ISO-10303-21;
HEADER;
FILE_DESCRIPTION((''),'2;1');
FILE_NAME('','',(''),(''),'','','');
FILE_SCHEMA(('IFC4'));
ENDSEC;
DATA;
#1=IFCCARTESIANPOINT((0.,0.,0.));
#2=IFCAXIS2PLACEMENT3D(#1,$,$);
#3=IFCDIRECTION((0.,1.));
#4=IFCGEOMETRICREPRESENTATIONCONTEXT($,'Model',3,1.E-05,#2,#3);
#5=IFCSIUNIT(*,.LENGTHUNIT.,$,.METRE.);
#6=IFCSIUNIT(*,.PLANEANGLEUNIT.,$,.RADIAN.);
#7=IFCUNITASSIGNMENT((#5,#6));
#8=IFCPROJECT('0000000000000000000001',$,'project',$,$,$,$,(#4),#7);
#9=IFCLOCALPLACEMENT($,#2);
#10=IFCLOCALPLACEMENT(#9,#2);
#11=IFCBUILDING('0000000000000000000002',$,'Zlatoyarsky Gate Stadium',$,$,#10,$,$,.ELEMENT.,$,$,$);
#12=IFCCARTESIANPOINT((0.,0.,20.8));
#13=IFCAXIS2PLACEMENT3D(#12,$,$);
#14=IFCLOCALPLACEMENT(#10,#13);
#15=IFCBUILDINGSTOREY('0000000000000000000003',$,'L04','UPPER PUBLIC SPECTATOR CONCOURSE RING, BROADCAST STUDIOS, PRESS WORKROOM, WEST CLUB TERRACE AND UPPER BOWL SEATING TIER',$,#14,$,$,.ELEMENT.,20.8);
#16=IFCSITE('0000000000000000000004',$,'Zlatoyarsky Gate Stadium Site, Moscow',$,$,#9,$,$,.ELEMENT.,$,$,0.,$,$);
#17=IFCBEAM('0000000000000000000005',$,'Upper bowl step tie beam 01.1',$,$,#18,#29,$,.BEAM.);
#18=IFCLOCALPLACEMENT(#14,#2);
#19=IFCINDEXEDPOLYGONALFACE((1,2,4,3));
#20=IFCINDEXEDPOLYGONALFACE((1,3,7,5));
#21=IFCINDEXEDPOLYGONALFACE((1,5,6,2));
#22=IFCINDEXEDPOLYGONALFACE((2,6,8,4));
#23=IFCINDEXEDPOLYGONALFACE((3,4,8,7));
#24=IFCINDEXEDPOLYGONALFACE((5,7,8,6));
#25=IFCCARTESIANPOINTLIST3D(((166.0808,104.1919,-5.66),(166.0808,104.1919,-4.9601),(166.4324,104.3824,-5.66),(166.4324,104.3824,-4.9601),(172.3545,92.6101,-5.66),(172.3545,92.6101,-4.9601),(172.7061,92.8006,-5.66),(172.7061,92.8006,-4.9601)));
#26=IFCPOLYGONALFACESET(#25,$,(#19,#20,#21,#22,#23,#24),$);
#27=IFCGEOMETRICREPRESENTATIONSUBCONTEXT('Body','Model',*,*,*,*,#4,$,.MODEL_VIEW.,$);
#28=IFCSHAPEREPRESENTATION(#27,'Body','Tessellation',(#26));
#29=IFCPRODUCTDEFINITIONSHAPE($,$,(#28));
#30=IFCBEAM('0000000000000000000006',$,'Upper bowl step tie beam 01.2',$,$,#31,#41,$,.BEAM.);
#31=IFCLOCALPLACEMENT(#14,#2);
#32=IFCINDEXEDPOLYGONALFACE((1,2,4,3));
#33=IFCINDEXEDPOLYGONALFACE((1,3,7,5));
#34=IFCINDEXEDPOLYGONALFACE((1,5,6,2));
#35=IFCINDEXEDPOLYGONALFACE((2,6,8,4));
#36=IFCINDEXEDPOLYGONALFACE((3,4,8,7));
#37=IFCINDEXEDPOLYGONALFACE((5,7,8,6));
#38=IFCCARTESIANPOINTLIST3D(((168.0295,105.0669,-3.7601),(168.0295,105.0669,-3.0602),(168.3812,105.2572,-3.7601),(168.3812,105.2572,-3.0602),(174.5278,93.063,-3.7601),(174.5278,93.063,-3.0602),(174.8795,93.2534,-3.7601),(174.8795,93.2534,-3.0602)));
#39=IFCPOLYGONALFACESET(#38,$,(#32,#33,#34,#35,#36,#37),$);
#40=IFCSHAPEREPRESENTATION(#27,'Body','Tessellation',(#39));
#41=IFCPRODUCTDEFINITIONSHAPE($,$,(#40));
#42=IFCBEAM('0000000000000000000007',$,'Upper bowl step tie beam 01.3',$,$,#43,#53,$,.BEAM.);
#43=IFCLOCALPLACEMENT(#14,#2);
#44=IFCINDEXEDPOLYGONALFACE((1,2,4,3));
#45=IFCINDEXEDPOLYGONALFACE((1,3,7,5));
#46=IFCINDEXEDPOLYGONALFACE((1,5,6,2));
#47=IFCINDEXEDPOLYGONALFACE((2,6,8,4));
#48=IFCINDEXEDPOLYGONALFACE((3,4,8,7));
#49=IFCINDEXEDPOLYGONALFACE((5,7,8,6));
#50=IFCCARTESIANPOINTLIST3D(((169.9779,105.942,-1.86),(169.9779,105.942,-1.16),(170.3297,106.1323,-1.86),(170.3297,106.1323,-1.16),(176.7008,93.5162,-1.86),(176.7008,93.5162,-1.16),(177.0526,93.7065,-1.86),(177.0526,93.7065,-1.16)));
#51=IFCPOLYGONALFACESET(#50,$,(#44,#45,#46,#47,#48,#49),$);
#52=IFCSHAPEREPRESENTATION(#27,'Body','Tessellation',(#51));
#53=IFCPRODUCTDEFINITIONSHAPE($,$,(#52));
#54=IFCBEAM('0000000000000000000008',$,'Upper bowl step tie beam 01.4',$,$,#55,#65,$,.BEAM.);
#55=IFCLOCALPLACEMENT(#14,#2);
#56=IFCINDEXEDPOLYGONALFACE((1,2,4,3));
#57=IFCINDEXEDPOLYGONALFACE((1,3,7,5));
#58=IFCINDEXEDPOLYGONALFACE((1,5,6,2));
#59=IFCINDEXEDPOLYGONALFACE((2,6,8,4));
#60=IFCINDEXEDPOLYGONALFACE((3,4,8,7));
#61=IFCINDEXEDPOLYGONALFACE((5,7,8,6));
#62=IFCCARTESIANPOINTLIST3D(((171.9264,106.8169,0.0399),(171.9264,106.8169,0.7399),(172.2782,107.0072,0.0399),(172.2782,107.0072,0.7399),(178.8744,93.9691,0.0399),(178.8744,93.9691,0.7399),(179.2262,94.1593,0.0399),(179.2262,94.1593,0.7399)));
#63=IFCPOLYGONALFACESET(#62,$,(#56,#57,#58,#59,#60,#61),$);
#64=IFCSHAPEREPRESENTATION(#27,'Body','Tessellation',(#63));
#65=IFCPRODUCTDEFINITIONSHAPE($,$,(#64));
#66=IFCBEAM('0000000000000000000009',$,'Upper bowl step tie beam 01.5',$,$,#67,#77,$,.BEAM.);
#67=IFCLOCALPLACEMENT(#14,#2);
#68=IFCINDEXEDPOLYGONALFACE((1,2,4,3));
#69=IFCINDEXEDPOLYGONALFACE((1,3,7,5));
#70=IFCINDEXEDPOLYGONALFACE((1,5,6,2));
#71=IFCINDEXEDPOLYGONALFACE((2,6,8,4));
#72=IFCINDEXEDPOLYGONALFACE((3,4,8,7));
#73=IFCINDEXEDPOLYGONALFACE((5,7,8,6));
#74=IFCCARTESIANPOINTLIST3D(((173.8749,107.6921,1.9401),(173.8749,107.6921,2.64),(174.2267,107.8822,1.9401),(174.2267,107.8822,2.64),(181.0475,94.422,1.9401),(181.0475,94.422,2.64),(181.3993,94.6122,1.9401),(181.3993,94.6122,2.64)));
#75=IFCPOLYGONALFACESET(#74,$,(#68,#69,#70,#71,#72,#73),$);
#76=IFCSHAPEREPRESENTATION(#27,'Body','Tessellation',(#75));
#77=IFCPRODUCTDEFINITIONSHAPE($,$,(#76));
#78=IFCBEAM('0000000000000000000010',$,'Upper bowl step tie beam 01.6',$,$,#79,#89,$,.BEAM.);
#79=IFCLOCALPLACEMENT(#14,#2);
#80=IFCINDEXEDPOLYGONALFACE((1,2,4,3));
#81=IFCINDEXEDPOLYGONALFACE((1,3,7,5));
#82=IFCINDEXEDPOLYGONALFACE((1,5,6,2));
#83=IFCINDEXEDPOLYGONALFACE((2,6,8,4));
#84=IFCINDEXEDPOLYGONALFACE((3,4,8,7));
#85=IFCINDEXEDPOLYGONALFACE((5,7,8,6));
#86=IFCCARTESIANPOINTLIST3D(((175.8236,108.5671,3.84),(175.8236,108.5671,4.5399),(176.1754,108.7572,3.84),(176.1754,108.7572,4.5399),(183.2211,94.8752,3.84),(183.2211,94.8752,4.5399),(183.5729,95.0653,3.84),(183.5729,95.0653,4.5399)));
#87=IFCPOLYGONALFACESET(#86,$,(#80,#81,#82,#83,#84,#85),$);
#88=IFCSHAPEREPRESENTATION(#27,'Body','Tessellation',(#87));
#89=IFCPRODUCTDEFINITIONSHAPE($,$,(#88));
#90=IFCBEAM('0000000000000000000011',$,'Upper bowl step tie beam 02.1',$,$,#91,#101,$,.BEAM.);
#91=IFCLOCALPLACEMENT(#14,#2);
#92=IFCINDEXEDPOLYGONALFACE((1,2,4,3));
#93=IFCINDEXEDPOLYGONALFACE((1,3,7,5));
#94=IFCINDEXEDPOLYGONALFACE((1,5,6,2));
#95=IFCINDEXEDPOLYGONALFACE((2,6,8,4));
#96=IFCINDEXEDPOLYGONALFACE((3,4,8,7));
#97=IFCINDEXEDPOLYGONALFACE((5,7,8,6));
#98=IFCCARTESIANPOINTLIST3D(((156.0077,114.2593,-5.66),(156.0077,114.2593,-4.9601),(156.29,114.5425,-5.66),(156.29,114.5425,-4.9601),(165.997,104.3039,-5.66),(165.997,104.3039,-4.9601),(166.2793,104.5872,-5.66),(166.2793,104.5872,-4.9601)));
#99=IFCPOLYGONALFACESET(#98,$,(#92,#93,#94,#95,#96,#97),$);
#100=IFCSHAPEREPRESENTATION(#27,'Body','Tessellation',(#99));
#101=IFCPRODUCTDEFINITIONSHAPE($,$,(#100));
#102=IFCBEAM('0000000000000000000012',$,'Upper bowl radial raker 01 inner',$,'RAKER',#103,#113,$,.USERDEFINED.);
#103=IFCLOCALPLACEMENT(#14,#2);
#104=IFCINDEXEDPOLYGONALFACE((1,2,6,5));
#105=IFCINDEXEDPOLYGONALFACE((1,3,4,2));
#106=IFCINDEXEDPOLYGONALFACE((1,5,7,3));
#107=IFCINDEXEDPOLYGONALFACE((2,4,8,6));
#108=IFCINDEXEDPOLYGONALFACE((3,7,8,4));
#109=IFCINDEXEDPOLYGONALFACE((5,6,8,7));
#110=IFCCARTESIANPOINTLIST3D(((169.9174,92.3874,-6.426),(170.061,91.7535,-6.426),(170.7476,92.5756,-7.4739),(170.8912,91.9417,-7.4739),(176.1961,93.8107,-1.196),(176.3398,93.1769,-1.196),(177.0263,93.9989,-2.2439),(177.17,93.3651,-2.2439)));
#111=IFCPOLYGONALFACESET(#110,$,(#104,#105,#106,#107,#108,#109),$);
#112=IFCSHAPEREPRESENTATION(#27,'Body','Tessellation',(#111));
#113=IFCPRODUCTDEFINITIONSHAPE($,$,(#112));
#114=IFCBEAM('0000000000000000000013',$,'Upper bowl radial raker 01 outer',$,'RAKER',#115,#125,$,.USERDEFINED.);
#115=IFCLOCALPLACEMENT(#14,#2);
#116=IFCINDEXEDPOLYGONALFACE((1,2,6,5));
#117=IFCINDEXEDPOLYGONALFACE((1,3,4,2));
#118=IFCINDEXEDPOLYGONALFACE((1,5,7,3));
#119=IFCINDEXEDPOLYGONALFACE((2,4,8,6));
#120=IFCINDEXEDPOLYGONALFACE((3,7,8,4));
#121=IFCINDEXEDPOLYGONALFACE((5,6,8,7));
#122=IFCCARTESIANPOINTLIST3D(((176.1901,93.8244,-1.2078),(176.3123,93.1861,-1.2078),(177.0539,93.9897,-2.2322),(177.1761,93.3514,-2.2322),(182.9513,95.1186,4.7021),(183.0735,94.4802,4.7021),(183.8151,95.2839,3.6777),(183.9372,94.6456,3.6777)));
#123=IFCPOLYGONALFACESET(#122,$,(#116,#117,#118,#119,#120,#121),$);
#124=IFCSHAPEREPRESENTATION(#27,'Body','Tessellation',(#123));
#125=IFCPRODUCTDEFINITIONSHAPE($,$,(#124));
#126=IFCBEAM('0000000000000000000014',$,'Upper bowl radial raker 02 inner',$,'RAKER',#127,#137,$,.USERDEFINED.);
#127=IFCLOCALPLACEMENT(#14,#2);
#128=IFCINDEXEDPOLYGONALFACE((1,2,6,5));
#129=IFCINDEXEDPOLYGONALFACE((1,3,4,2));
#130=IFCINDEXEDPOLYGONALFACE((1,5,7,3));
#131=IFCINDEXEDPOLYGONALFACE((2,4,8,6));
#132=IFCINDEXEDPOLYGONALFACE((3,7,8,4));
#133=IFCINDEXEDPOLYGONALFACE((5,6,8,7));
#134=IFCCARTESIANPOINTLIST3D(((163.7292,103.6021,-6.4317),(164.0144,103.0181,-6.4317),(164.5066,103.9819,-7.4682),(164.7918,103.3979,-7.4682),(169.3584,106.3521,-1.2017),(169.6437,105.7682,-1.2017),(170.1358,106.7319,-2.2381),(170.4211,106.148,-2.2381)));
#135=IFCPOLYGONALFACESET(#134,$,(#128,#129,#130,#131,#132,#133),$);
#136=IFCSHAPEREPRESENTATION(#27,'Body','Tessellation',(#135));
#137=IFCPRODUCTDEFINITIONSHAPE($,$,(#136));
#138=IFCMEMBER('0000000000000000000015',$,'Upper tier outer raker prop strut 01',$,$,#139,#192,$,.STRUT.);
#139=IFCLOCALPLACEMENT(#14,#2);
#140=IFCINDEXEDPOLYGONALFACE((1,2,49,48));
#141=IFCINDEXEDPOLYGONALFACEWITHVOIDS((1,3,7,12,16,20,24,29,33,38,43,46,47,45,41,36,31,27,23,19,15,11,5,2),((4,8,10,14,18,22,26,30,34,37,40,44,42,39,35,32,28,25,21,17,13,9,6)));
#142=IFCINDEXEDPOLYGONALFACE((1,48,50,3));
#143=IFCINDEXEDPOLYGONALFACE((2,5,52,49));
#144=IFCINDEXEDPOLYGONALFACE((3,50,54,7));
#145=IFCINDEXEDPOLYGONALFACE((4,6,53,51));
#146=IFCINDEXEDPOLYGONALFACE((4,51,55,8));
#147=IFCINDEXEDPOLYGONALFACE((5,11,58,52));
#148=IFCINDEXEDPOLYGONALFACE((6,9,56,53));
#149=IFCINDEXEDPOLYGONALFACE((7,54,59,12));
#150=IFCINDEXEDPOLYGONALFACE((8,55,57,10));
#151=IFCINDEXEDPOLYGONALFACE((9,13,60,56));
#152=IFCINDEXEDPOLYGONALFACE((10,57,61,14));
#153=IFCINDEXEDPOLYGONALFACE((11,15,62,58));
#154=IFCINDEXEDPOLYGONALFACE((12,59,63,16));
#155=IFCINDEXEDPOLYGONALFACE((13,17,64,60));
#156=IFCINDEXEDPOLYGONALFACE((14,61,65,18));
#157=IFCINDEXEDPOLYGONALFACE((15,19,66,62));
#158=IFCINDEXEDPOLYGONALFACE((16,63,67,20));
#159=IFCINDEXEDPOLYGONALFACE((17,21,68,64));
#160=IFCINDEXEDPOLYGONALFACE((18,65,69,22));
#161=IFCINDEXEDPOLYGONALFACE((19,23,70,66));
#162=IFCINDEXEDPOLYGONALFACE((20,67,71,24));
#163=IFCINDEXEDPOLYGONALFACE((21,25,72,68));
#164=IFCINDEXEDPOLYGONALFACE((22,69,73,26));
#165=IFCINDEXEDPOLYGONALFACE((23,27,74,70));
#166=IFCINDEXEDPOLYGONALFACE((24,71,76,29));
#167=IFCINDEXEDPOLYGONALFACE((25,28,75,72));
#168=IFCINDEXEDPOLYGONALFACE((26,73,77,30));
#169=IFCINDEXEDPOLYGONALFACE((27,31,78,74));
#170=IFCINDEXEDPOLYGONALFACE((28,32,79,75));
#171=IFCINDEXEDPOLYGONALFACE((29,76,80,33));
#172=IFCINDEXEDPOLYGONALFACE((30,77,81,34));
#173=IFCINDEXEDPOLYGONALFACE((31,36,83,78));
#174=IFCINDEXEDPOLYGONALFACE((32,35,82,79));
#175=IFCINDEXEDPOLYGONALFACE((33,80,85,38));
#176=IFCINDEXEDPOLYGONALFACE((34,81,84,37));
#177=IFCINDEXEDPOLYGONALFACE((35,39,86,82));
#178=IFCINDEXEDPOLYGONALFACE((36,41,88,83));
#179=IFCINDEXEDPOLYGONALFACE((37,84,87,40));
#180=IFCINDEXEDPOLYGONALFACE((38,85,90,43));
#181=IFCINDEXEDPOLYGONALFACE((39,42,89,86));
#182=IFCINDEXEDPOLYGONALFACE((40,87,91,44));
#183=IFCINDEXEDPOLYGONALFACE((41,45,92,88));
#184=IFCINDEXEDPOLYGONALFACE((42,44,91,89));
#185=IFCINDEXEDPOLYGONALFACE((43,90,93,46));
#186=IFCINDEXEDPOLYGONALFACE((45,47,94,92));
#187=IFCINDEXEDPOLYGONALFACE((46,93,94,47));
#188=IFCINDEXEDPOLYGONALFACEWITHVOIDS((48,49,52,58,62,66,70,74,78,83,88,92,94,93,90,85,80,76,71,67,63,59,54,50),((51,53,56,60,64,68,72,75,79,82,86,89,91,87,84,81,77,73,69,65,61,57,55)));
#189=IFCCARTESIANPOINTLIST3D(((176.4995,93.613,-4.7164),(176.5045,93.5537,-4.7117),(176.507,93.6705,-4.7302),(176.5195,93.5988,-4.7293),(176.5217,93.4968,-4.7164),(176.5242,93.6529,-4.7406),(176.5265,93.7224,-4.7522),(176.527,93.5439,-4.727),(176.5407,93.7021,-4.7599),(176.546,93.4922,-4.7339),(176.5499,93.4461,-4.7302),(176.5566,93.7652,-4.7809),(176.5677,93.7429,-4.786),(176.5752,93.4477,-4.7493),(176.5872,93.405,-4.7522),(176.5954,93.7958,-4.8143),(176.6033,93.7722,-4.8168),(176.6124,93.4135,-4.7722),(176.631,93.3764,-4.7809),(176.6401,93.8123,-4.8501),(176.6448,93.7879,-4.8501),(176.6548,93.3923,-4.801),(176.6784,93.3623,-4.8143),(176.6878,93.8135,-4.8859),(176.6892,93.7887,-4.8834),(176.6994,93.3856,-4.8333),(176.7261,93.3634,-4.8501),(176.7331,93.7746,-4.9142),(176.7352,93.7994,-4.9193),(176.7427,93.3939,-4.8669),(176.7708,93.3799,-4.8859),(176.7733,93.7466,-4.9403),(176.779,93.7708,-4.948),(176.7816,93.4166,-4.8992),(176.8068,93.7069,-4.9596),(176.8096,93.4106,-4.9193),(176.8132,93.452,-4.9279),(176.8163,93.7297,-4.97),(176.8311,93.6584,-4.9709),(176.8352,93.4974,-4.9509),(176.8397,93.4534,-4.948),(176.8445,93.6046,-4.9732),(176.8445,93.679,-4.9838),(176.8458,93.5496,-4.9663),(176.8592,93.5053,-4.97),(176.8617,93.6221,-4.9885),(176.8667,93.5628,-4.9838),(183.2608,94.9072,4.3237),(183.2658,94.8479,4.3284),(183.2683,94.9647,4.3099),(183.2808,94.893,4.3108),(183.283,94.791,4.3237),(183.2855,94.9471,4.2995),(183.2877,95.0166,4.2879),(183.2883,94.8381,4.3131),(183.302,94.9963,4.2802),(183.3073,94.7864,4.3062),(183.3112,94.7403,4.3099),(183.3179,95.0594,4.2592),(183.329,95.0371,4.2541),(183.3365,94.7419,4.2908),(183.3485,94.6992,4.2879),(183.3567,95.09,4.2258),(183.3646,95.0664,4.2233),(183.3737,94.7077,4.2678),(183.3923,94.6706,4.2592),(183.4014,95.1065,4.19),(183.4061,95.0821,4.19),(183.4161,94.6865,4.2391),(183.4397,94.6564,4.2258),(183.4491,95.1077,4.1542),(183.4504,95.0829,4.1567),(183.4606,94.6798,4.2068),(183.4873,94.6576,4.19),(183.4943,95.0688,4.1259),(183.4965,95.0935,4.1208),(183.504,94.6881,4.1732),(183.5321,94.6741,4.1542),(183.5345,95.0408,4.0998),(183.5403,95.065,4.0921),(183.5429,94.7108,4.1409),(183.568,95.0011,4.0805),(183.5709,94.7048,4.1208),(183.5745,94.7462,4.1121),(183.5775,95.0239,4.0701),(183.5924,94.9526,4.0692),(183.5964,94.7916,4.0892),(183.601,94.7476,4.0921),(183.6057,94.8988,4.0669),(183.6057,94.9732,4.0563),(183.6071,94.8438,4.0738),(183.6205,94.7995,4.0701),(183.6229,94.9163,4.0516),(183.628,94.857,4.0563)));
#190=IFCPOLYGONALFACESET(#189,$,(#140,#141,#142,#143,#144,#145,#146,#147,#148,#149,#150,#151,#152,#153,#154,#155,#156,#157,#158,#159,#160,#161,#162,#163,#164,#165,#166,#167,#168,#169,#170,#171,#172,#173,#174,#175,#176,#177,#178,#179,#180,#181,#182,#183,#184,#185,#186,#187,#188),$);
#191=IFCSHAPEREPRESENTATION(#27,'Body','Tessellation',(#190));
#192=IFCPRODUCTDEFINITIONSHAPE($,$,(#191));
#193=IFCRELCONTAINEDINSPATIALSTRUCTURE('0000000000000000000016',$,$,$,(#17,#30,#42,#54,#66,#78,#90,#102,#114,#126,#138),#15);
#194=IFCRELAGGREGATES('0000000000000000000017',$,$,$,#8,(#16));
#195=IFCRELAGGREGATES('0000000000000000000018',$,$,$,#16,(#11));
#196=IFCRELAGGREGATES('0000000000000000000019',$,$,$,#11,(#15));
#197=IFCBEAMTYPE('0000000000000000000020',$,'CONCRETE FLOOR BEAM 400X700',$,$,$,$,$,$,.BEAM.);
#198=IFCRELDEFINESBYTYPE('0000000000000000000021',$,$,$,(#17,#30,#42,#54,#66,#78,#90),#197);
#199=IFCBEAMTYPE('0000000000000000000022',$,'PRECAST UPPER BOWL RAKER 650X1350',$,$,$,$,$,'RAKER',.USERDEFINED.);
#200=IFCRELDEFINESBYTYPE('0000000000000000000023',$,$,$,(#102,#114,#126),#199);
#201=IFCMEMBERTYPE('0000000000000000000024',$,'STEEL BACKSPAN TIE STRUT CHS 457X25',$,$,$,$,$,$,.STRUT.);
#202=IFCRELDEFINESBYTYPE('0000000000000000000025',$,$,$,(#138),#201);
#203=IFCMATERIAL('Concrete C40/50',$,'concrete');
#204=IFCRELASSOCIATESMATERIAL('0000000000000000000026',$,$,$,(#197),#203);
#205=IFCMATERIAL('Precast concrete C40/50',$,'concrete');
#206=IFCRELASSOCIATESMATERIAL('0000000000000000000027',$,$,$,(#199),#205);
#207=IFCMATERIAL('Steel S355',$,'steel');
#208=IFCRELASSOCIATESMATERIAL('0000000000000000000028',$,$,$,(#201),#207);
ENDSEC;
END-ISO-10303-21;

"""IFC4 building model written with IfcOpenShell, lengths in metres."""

from ifc_helpers import new_model, si_unit, direction, frame, origin, origin_2d, place, context, subcontext, project, spatial, rectangle, hollow_circle, extrude, material, material_profile, profile_set, type_object, element, save


model = new_model("IFC4")

# Units and contexts
model_context = context("Model", 3, precision=1e-05, world=origin(), true_north=direction((0.0, 1.0)))
body_context = subcontext(model_context, "Body", "Model", "MODEL_VIEW")
ifc_project = project(units=[si_unit("LENGTHUNIT", "METRE"), si_unit("PLANEANGLEUNIT", "RADIAN")], contexts=[model_context])

# Site, building, storey
site_placement = place(None, origin())
site = spatial("IfcSite", under=ifc_project, at=site_placement, Name="Zlatoyarsky Gate Stadium Site, Moscow", CompositionType="ELEMENT", RefElevation=0.0)
building_placement = place(site_placement, origin())
building = spatial("IfcBuilding", under=site, at=building_placement, Name="Zlatoyarsky Gate Stadium", CompositionType="ELEMENT")
storey_placement = place(building_placement, frame((0.0, 0.0, 20.8)))
storey = spatial("IfcBuildingStorey", under=building, at=storey_placement, Name="L04", Description="UPPER PUBLIC SPECTATOR CONCOURSE RING, BROADCAST STUDIOS, PRESS WORKROOM, WEST CLUB TERRACE AND UPPER BOWL SEATING TIER", CompositionType="ELEMENT", Elevation=20.8)

# Beams
ifc_material_1 = material(Name="Concrete C40/50", Category="concrete")
ifc_material_profile_1 = material_profile(ifc_material_1, rectangle(XDim=0.3999, YDim=0.7, at=origin_2d()), Name="RC BEAM 400X700")
ifc_profile_set_1 = profile_set([ifc_material_profile_1], Name="Concrete C40/50")
beam_type_1 = type_object("IfcBeamType", Name="CONCRETE FLOOR BEAM 400X700", PredefinedType="BEAM", material=ifc_profile_set_1)
beam_1_placement = place(storey_placement, frame((172.5303, 92.7053, -5.3101), z_axis=(-0.476296, 0.879285, 0.0), x_axis=(-0.879285, -0.476296, 0.0)))
element("IfcBeam", 1, at=beam_1_placement, inside=storey, type_object=beam_type_1, Name="Upper bowl step tie beam 01.1", PredefinedType="BEAM", context=body_context, shape_type="SweptSolid", body=[
    extrude(rectangle(XDim=0.3999, YDim=0.7, at=origin_2d()), origin(), (0.0, 0.0, 1.0), 13.1719),
])
beam_2_placement = place(storey_placement, frame((174.7036, 93.1582, -3.4102), z_axis=(-0.476066, 0.879409, 0.0), x_axis=(-0.879409, -0.476066, 0.0)))
element("IfcBeam", 2, at=beam_2_placement, inside=storey, type_object=beam_type_1, Name="Upper bowl step tie beam 01.2", PredefinedType="BEAM", context=body_context, shape_type="SweptSolid", body=[
    extrude(rectangle(XDim=0.3999, YDim=0.7, at=origin_2d()), origin(), (0.0, 0.0, 1.0), 13.6499),
])
beam_3_placement = place(storey_placement, frame((176.8767, 93.6113, -1.51), z_axis=(-0.47586, 0.879521, 0.0), x_axis=(-0.879521, -0.47586, 0.0)))
element("IfcBeam", 3, at=beam_3_placement, inside=storey, type_object=beam_type_1, Name="Upper bowl step tie beam 01.3", PredefinedType="BEAM", context=body_context, shape_type="SweptSolid", body=[
    extrude(rectangle(XDim=0.3999, YDim=0.7, at=origin_2d()), origin(), (0.0, 0.0, 1.0), 14.1279),
])
beam_4_placement = place(storey_placement, frame((179.0503, 94.0642, 0.3899), z_axis=(-0.475686, 0.879615, 0.0), x_axis=(-0.879615, -0.475686, 0.0)))
element("IfcBeam", 4, at=beam_4_placement, inside=storey, type_object=beam_type_1, Name="Upper bowl step tie beam 01.4", PredefinedType="BEAM", context=body_context, shape_type="SweptSolid", body=[
    extrude(rectangle(XDim=0.3999, YDim=0.7, at=origin_2d()), origin(), (0.0, 0.0, 1.0), 14.6062),
])
beam_5_placement = place(storey_placement, frame((181.2234, 94.5171, 2.29), z_axis=(-0.475498, 0.879717, 0.0), x_axis=(-0.879717, -0.475498, 0.0)))
element("IfcBeam", 5, at=beam_5_placement, inside=storey, type_object=beam_type_1, Name="Upper bowl step tie beam 01.5", PredefinedType="BEAM", context=body_context, shape_type="SweptSolid", body=[
    extrude(rectangle(XDim=0.3999, YDim=0.7, at=origin_2d()), origin(), (0.0, 0.0, 1.0), 15.0845),
])
beam_6_placement = place(storey_placement, frame((183.397, 94.9702, 4.1899), z_axis=(-0.47534, 0.879802, 0.0), x_axis=(-0.879802, -0.47534, 0.0)))
element("IfcBeam", 6, at=beam_6_placement, inside=storey, type_object=beam_type_1, Name="Upper bowl step tie beam 01.6", PredefinedType="BEAM", context=body_context, shape_type="SweptSolid", body=[
    extrude(rectangle(XDim=0.3999, YDim=0.7, at=origin_2d()), origin(), (0.0, 0.0, 1.0), 15.5625),
])
beam_7_placement = place(storey_placement, frame((166.1382, 104.4456, -5.3101), z_axis=(-0.708309, 0.705903, 0.0), x_axis=(-0.705903, -0.708309, 0.0)))
element("IfcBeam", 7, at=beam_7_placement, inside=storey, type_object=beam_type_1, Name="Upper bowl step tie beam 02.1", PredefinedType="BEAM", context=body_context, shape_type="SweptSolid", body=[
    extrude(rectangle(XDim=0.3999, YDim=0.7, at=origin_2d()), origin(), (0.0, 0.0, 1.0), 14.103),
])
ifc_material_2 = material(Name="Precast concrete C40/50", Category="concrete")
ifc_material_profile_2 = material_profile(ifc_material_2, rectangle(XDim=0.6499, YDim=1.3501, at=origin_2d()), Name="PC RAKER 650X1350")
ifc_profile_set_2 = profile_set([ifc_material_profile_2], Name="Precast concrete C40/50")
beam_type_2 = type_object("IfcBeamType", Name="PRECAST UPPER BOWL RAKER 650X1350", ElementType="RAKER", PredefinedType="USERDEFINED", material=ifc_profile_set_2)
beam_8_placement = place(storey_placement, frame((170.4043, 92.1646, -6.95), z_axis=(0.756966, 0.171596, 0.630521), x_axis=(-0.22108, 0.975256, 0.0)))
element("IfcBeam", 8, at=beam_8_placement, inside=storey, type_object=beam_type_2, Name="Upper bowl radial raker 01 inner", ObjectType="RAKER", PredefinedType="USERDEFINED", context=body_context, shape_type="SweptSolid", body=[
    extrude(rectangle(XDim=0.6499, YDim=1.3501, at=origin_2d()), origin(), (0.0, 0.0, 1.0), 8.2947),
])
beam_9_placement = place(storey_placement, frame((176.6831, 93.5879, -1.72), z_axis=(0.745217, 0.142645, 0.651386), x_axis=(-0.188, 0.982169, 0.0)))
element("IfcBeam", 9, at=beam_9_placement, inside=storey, type_object=beam_type_2, Name="Upper bowl radial raker 01 outer", ObjectType="RAKER", PredefinedType="USERDEFINED", context=body_context, shape_type="SweptSolid", body=[
    extrude(rectangle(XDim=0.6499, YDim=1.3501, at=origin_2d()), origin(), (0.0, 0.0, 1.0), 9.0728),
])
beam_10_placement = place(storey_placement, frame((164.2605, 103.5, -6.95), z_axis=(0.689759, 0.336967, 0.640848), x_axis=(-0.438949, 0.898512, 0.0)))
element("IfcBeam", 10, at=beam_10_placement, inside=storey, type_object=beam_type_2, Name="Upper bowl radial raker 02 inner", ObjectType="RAKER", PredefinedType="USERDEFINED", context=body_context, shape_type="SweptSolid", body=[
    extrude(rectangle(XDim=0.6499, YDim=1.3501, at=origin_2d()), origin(), (0.0, 0.0, 1.0), 8.1611),
])

# Member
ifc_material_3 = material(Name="Steel S355", Category="steel")
ifc_material_profile_3 = material_profile(ifc_material_3, hollow_circle(Radius=0.2285, WallThickness=0.0249, at=origin_2d()), Name="CHS 457X25")
ifc_profile_set_3 = profile_set([ifc_material_profile_3], Name="Steel S355")
member_type = type_object("IfcMemberType", Name="STEEL BACKSPAN TIE STRUT CHS 457X25", PredefinedType="STRUT", material=ifc_profile_set_3)
member_placement = place(storey_placement, frame((176.6831, 93.5879, -4.8501), z_axis=(0.595036, 0.113898, 0.795587), x_axis=(-0.188, 0.982169, 0.0)))
element("IfcMember", 11, at=member_placement, inside=storey, type_object=member_type, Name="Upper tier outer raker prop strut 01", PredefinedType="STRUT", context=body_context, shape_type="SweptSolid", body=[
    extrude(hollow_circle(Radius=0.2285, WallThickness=0.0249, at=origin_2d()), origin(), (0.0, 0.0, 1.0), 11.3628),
])

save(model, "model.ifc")
